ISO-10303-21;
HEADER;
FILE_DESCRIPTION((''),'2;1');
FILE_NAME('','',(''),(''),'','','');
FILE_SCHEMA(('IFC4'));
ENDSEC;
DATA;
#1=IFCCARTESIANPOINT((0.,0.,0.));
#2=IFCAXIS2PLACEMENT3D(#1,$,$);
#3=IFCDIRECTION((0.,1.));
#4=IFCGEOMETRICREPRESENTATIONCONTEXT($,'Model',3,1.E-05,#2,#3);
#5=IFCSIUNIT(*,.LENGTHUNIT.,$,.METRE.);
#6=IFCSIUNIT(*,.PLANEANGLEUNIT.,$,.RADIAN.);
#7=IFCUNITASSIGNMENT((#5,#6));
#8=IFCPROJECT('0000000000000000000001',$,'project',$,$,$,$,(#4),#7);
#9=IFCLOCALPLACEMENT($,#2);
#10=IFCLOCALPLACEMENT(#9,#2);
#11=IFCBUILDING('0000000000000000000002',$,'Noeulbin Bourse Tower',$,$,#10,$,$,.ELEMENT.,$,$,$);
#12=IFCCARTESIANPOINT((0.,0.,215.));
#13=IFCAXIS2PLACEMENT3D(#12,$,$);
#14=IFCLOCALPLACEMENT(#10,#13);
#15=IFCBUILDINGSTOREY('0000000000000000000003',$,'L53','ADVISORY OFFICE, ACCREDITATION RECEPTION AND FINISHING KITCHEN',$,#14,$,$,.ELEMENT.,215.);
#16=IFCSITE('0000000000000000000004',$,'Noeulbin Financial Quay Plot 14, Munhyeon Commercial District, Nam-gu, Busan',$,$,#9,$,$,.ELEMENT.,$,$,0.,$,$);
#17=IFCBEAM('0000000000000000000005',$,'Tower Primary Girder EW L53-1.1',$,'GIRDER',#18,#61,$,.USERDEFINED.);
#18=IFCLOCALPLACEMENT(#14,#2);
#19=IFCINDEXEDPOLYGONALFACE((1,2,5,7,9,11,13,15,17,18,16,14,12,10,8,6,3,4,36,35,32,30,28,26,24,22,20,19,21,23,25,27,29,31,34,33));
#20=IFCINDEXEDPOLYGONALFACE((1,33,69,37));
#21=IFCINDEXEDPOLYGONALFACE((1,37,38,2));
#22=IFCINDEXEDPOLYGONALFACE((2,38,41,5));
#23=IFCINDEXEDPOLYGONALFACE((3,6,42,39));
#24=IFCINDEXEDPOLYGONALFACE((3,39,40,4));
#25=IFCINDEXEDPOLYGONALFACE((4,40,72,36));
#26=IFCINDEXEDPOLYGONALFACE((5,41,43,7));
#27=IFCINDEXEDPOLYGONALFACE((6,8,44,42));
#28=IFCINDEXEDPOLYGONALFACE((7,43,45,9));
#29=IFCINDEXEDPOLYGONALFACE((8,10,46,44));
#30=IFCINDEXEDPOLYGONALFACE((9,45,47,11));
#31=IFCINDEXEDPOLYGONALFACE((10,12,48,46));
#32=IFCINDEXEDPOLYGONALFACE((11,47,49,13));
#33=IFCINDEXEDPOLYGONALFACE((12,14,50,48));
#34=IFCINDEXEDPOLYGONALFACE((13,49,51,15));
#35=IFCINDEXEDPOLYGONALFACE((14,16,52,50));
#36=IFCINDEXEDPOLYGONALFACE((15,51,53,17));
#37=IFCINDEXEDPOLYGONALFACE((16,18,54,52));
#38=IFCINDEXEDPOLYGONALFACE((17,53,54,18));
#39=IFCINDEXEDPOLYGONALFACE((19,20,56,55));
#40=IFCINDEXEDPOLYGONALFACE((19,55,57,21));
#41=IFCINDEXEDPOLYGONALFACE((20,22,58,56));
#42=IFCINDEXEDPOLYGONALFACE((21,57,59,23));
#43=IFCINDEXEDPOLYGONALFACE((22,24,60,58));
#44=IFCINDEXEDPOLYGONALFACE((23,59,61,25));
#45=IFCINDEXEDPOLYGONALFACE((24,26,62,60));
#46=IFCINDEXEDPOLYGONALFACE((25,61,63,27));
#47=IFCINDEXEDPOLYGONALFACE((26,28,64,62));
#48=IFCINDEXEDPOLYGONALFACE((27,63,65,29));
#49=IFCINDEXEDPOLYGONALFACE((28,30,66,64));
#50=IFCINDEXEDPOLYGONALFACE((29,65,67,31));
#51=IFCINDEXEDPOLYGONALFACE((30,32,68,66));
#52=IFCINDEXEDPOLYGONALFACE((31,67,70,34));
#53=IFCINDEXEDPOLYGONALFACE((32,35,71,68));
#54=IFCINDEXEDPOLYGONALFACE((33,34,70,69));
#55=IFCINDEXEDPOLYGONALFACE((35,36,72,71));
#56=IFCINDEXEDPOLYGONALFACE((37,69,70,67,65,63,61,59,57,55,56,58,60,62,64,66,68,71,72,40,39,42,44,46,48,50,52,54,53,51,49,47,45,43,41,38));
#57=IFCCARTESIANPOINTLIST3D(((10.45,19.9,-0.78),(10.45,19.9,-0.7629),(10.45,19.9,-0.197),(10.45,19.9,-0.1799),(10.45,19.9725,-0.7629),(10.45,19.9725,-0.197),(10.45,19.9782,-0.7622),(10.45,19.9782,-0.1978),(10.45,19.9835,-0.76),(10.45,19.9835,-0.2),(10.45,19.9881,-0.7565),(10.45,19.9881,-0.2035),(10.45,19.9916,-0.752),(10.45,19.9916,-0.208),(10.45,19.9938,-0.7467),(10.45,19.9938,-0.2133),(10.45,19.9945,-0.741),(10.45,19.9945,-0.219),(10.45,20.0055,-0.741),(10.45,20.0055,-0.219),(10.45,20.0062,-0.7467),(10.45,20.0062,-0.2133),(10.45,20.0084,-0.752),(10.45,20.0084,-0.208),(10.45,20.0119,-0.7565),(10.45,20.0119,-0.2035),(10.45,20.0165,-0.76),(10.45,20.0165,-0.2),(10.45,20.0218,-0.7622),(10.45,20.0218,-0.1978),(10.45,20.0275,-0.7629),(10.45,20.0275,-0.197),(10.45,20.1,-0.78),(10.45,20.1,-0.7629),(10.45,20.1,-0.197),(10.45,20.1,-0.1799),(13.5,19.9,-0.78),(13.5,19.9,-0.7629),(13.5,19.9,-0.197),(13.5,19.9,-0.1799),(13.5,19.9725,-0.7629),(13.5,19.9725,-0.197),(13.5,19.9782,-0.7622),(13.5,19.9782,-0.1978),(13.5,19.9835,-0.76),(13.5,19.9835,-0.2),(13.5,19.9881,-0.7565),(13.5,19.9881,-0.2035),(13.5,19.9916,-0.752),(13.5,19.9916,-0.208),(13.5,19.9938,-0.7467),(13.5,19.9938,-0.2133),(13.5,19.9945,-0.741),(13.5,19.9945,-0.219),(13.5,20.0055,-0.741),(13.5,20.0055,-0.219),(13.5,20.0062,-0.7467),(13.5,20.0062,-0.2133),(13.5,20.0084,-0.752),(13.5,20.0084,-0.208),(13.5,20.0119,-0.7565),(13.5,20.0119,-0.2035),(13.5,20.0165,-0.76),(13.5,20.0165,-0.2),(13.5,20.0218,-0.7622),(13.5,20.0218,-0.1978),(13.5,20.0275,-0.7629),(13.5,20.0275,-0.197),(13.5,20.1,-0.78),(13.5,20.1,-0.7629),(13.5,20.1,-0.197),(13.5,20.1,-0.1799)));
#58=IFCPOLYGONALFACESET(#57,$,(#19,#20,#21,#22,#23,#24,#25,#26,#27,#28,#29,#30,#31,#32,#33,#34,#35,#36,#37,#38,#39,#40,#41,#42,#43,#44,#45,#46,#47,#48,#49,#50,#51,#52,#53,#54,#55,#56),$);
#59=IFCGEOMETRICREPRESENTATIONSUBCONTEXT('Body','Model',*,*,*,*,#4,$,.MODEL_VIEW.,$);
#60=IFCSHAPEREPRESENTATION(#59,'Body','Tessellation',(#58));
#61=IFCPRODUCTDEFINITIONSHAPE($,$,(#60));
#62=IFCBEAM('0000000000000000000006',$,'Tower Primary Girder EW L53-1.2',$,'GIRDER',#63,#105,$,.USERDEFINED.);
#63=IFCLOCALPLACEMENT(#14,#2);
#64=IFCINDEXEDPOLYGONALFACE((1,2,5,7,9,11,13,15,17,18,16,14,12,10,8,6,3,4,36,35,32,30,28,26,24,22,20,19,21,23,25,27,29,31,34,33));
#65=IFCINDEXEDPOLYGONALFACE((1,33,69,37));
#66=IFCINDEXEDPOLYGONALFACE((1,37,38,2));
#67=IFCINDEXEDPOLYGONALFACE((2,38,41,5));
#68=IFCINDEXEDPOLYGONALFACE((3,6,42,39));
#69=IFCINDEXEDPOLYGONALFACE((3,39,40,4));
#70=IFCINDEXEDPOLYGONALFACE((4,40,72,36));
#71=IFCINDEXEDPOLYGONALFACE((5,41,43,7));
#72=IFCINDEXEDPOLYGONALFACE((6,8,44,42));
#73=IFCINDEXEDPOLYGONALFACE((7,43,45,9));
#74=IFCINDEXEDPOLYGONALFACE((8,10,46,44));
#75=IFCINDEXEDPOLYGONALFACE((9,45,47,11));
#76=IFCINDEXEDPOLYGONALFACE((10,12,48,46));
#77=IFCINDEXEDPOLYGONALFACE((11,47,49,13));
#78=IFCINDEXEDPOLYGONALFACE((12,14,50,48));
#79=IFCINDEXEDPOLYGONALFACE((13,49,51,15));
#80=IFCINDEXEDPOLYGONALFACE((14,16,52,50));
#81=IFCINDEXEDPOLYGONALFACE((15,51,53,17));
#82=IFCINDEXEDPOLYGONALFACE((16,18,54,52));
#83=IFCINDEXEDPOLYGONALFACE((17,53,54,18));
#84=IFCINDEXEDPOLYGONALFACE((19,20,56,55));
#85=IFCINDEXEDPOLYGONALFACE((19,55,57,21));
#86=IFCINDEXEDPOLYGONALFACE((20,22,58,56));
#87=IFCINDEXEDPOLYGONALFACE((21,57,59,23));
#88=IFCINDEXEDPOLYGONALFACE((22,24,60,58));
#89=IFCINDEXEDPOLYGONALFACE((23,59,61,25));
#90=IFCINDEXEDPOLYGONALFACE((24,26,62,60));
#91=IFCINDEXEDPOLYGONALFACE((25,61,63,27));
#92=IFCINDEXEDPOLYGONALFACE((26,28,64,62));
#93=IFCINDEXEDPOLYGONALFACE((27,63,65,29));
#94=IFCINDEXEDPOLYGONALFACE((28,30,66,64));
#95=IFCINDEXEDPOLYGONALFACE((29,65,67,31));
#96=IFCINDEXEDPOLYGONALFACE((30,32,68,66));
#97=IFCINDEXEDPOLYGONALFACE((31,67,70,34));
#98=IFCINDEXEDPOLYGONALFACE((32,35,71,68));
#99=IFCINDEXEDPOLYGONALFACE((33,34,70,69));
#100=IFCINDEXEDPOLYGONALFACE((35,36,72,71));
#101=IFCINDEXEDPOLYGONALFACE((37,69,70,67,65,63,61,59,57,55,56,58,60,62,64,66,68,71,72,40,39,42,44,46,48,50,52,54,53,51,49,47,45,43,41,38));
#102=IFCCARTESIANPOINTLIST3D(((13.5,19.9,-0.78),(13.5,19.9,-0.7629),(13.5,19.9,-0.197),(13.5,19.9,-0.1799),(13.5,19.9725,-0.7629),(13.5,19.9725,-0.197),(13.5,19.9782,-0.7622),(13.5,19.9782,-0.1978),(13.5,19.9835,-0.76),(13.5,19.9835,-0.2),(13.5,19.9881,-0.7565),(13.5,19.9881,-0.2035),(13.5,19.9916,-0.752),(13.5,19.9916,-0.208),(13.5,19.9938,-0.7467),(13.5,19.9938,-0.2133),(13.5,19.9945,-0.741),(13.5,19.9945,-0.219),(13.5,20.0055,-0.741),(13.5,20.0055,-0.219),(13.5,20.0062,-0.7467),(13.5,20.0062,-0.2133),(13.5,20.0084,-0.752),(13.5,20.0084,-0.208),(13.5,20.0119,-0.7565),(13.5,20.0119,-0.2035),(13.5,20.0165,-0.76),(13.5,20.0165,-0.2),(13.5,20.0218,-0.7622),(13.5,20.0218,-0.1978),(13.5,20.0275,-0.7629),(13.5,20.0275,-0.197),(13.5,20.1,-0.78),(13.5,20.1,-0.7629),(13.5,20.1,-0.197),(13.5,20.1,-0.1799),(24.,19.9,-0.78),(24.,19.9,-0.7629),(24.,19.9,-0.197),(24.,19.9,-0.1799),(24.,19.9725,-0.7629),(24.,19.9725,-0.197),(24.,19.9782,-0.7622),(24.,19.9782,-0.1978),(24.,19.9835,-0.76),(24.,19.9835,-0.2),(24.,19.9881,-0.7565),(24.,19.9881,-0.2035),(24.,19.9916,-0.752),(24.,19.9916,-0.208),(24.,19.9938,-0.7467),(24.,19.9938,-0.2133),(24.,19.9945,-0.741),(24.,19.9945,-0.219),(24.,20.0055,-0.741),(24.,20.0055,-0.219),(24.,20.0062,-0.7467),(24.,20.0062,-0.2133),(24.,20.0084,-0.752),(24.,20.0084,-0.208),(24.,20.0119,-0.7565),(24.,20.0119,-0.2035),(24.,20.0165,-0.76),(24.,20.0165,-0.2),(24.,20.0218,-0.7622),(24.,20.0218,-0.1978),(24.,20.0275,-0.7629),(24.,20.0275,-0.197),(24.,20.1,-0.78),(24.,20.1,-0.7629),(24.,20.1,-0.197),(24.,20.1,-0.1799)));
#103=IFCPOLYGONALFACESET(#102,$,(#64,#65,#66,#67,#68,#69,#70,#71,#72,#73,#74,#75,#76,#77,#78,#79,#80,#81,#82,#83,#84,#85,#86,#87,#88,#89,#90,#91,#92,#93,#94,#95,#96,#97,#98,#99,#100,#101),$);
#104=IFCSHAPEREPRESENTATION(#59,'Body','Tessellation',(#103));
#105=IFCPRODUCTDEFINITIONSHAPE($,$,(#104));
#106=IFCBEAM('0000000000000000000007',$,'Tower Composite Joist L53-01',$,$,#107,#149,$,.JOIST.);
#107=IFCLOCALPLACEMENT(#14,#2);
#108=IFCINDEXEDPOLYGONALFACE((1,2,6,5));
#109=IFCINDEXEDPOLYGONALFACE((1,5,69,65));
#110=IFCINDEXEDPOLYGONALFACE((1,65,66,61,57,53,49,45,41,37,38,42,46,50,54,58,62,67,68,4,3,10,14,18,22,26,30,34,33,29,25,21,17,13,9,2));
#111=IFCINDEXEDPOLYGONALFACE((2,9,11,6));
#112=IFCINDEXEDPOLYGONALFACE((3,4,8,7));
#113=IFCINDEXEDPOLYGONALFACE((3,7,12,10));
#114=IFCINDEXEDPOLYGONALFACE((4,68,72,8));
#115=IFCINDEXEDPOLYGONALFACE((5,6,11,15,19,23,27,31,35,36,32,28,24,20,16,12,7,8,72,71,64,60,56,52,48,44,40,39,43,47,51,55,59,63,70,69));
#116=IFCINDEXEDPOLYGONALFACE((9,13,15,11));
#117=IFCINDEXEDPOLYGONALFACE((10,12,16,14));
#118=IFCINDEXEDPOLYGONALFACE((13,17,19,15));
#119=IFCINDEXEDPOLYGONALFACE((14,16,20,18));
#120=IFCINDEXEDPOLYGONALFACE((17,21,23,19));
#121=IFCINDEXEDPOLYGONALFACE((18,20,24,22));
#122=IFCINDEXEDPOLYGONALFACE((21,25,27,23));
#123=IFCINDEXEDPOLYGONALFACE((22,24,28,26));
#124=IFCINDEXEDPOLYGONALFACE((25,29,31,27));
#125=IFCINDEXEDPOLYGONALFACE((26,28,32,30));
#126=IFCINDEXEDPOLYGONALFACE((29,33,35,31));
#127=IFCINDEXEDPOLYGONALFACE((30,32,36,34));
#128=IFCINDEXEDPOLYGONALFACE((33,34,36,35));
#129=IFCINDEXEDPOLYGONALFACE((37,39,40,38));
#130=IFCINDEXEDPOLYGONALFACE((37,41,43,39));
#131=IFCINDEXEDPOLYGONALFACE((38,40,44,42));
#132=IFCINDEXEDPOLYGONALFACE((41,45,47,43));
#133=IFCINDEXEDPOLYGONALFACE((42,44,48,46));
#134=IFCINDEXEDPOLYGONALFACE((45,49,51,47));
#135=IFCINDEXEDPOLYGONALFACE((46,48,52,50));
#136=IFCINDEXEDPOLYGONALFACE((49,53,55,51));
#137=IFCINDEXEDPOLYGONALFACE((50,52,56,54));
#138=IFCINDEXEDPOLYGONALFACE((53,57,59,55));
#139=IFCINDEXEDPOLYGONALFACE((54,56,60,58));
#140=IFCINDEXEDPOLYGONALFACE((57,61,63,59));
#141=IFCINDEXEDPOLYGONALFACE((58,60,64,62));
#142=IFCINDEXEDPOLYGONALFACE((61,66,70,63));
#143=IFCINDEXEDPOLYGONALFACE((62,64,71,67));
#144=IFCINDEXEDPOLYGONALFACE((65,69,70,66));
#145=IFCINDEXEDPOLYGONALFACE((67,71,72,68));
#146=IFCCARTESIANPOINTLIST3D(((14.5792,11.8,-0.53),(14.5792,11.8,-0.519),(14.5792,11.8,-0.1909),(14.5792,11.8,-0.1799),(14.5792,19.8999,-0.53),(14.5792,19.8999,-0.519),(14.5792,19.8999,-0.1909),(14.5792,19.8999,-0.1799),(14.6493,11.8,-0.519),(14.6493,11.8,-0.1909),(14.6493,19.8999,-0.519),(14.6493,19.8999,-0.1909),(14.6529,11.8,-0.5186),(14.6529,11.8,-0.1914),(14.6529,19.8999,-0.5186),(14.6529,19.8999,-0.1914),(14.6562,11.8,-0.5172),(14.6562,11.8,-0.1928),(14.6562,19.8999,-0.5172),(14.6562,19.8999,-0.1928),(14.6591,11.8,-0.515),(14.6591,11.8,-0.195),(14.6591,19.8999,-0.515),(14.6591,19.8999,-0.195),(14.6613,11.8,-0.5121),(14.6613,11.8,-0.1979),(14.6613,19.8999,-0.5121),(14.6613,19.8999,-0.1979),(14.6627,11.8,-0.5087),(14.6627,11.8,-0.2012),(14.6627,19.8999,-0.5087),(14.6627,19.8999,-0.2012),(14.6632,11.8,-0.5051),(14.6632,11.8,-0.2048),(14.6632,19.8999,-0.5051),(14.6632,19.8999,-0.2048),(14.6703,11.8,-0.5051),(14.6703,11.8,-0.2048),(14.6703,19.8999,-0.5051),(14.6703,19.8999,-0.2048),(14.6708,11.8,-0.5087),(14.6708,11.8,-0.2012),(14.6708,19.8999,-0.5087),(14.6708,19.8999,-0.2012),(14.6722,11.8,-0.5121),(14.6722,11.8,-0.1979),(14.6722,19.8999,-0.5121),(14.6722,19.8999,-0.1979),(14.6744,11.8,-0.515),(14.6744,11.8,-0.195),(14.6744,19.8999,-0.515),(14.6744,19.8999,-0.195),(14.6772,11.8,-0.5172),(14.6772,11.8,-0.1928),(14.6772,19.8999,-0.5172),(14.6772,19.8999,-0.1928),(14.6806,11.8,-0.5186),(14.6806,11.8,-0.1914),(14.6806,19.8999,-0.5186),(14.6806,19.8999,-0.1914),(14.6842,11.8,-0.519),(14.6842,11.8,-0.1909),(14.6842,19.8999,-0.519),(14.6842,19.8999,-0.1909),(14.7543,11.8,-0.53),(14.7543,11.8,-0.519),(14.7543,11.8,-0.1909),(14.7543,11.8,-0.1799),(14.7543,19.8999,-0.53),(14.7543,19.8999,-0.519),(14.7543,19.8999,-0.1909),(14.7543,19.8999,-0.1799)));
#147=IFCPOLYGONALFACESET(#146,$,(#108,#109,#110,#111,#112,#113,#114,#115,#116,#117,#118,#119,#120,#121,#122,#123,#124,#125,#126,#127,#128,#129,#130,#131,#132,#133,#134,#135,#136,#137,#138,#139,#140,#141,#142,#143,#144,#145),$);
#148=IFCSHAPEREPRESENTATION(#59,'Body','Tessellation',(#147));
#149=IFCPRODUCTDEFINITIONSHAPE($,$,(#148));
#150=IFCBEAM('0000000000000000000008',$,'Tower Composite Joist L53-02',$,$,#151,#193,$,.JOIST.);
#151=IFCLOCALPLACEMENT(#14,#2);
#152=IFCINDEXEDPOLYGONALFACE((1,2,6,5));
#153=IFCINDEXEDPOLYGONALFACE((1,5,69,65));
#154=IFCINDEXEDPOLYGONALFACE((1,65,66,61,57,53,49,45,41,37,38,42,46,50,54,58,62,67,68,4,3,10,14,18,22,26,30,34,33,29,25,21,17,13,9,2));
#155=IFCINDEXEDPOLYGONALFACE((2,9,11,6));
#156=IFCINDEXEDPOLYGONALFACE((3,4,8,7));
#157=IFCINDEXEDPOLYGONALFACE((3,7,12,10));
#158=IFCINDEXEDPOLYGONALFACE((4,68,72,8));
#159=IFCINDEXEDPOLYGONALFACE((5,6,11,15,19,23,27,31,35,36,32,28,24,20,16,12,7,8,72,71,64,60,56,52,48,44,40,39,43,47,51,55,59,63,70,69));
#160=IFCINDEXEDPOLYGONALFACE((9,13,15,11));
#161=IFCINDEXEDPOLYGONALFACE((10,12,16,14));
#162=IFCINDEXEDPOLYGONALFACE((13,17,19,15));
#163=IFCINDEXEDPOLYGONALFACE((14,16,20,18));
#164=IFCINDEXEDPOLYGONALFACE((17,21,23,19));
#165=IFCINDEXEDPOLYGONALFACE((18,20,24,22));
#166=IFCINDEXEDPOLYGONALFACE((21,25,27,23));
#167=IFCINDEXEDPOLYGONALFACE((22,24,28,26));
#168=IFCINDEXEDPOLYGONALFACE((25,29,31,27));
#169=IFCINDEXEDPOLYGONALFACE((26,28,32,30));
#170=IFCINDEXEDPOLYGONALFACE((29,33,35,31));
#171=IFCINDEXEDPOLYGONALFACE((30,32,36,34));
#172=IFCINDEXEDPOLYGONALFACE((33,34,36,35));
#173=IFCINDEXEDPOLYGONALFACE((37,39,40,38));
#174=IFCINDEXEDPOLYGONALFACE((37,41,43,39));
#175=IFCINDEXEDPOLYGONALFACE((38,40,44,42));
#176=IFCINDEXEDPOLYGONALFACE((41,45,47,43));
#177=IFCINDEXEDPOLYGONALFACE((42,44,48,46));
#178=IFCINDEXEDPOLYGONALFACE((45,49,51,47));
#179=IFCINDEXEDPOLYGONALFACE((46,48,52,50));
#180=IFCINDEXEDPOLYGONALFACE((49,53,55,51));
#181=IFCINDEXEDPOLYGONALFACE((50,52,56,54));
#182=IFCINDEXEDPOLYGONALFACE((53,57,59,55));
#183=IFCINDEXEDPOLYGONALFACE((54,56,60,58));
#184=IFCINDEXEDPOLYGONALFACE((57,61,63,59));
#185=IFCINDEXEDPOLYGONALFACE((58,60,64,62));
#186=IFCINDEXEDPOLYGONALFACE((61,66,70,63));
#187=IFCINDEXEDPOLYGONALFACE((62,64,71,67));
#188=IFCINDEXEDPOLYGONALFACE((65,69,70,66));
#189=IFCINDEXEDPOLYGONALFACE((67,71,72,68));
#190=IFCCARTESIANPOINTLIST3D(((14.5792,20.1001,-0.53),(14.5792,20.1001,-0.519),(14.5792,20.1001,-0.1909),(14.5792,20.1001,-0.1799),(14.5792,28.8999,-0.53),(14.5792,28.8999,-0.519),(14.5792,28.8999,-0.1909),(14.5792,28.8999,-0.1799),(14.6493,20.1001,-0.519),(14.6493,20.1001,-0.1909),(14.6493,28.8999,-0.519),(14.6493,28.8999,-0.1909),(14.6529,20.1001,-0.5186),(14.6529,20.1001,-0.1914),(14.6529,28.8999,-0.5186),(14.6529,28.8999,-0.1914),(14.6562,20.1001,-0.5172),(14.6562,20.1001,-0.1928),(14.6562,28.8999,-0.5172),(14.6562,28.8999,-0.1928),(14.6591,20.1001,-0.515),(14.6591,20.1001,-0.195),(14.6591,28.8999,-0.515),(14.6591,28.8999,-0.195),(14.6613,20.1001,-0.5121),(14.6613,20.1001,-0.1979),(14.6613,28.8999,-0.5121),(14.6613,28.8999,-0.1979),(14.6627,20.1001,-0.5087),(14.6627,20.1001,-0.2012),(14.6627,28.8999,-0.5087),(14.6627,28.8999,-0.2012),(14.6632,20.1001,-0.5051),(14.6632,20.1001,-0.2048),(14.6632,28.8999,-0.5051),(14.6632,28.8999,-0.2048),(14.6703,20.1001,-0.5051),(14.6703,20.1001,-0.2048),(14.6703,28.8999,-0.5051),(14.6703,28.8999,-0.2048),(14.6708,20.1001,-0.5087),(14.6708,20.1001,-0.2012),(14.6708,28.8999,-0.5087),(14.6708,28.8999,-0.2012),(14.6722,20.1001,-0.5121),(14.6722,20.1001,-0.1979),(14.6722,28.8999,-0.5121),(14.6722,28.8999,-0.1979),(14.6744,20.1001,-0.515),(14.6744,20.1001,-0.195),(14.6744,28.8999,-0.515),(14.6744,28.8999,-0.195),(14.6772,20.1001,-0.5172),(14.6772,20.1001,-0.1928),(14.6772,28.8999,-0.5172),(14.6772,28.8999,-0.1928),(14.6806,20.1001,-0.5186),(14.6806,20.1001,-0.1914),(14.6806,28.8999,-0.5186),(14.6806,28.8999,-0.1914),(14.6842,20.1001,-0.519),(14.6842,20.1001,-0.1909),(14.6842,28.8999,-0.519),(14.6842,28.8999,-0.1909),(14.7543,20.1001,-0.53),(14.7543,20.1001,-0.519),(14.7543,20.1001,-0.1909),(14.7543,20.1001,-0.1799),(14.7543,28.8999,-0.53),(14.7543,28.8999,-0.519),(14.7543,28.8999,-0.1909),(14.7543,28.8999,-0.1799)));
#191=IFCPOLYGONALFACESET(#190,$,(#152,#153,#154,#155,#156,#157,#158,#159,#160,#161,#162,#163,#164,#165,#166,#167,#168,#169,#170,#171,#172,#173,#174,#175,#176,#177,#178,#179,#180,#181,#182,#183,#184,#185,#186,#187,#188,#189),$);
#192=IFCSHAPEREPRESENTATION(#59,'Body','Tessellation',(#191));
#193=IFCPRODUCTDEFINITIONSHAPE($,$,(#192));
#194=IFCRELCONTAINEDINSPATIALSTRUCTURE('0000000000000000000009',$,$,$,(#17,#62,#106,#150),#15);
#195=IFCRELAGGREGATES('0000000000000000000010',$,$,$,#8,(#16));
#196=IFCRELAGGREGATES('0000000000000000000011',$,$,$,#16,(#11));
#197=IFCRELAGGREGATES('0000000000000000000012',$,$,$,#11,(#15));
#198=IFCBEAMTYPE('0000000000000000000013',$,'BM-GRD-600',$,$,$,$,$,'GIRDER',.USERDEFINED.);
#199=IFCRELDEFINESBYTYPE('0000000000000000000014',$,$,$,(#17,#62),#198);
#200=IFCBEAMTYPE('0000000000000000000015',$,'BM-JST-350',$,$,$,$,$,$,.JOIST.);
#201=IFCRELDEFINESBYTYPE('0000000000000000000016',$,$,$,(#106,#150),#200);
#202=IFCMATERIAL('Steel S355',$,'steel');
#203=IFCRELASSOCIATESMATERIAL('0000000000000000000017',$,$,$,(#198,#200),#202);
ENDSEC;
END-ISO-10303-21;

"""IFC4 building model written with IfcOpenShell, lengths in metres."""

from ifc_helpers import new_model, si_unit, direction, frame, origin, origin_2d, place, context, subcontext, project, spatial, i_section, extrude, material, material_profile, profile_set, type_object, element, save


model = new_model("IFC4")

# Units and contexts
model_context = context("Model", 3, precision=1e-05, world=origin(), true_north=direction((0.0, 1.0)))
body_context = subcontext(model_context, "Body", "Model", "MODEL_VIEW")
ifc_project = project(units=[si_unit("LENGTHUNIT", "METRE"), si_unit("PLANEANGLEUNIT", "RADIAN")], contexts=[model_context])

# Site, building, storey
site_placement = place(None, origin())
site = spatial("IfcSite", under=ifc_project, at=site_placement, Name="Noeulbin Financial Quay Plot 14, Munhyeon Commercial District, Nam-gu, Busan", CompositionType="ELEMENT", RefElevation=0.0)
building_placement = place(site_placement, origin())
building = spatial("IfcBuilding", under=site, at=building_placement, Name="Noeulbin Bourse Tower", CompositionType="ELEMENT")
storey_placement = place(building_placement, frame((0.0, 0.0, 215.0)))
storey = spatial("IfcBuildingStorey", under=building, at=storey_placement, Name="L53", Description="ADVISORY OFFICE, ACCREDITATION RECEPTION AND FINISHING KITCHEN", CompositionType="ELEMENT", Elevation=215.0)

# Shared definitions
ifc_material_1 = material(Name="Steel S355", Category="steel")

# Beams
ifc_material_profile_1 = material_profile(ifc_material_1, i_section(OverallWidth=0.2, OverallDepth=0.6001, WebThickness=0.011, FlangeThickness=0.0171, FilletRadius=0.022, at=origin_2d()), Name="H-600x200x11x17", Category="LoadBearing")
ifc_profile_set_1 = profile_set([ifc_material_profile_1], Name="Steel S355")
beam_type_1 = type_object("IfcBeamType", Name="BM-GRD-600", ElementType="GIRDER", PredefinedType="USERDEFINED", material=ifc_profile_set_1)
beam_1_placement = place(storey_placement, frame((10.45, 20.0, -0.48), z_axis=(1.0, 0.0, 0.0), x_axis=(0.0, 1.0, 0.0)))
element("IfcBeam", 1, at=beam_1_placement, inside=storey, type_object=beam_type_1, Name="Tower Primary Girder EW L53-1.1", ObjectType="GIRDER", PredefinedType="USERDEFINED", context=body_context, shape_type="SweptSolid", body=[
    extrude(i_section(OverallWidth=0.2, OverallDepth=0.6001, WebThickness=0.011, FlangeThickness=0.0171, FilletRadius=0.022, at=origin_2d()), origin(), (0.0, 0.0, 1.0), 3.05),
])
beam_2_placement = place(storey_placement, frame((13.5, 20.0, -0.48), z_axis=(1.0, 0.0, 0.0), x_axis=(0.0, 1.0, 0.0)))
element("IfcBeam", 2, at=beam_2_placement, inside=storey, type_object=beam_type_1, Name="Tower Primary Girder EW L53-1.2", ObjectType="GIRDER", PredefinedType="USERDEFINED", context=body_context, shape_type="SweptSolid", body=[
    extrude(i_section(OverallWidth=0.2, OverallDepth=0.6001, WebThickness=0.011, FlangeThickness=0.0171, FilletRadius=0.022, at=origin_2d()), origin(), (0.0, 0.0, 1.0), 10.5),
])
ifc_material_profile_2 = material_profile(ifc_material_1, i_section(OverallWidth=0.175, OverallDepth=0.3501, WebThickness=0.0071, FlangeThickness=0.011, FilletRadius=0.0139, at=origin_2d()), Name="H-350x175x7x11", Category="LoadBearing")
ifc_profile_set_2 = profile_set([ifc_material_profile_2], Name="Steel S355")
beam_type_2 = type_object("IfcBeamType", Name="BM-JST-350", PredefinedType="JOIST", material=ifc_profile_set_2)
beam_3_placement = place(storey_placement, frame((14.6667, 11.8, -0.355), z_axis=(0.0, 1.0, 0.0), x_axis=(-1.0, 0.0, 0.0)))
element("IfcBeam", 3, at=beam_3_placement, inside=storey, type_object=beam_type_2, Name="Tower Composite Joist L53-01", PredefinedType="JOIST", context=body_context, shape_type="SweptSolid", body=[
    extrude(i_section(OverallWidth=0.175, OverallDepth=0.3501, WebThickness=0.0071, FlangeThickness=0.011, FilletRadius=0.0139, at=origin_2d()), origin(), (0.0, 0.0, 1.0), 8.0999),
])
beam_4_placement = place(storey_placement, frame((14.6667, 20.1001, -0.355), z_axis=(0.0, 1.0, 0.0), x_axis=(-1.0, 0.0, 0.0)))
element("IfcBeam", 4, at=beam_4_placement, inside=storey, type_object=beam_type_2, Name="Tower Composite Joist L53-02", PredefinedType="JOIST", context=body_context, shape_type="SweptSolid", body=[
    extrude(i_section(OverallWidth=0.175, OverallDepth=0.3501, WebThickness=0.0071, FlangeThickness=0.011, FilletRadius=0.0139, at=origin_2d()), origin(), (0.0, 0.0, 1.0), 8.7998),
])

save(model, "model.ifc")
